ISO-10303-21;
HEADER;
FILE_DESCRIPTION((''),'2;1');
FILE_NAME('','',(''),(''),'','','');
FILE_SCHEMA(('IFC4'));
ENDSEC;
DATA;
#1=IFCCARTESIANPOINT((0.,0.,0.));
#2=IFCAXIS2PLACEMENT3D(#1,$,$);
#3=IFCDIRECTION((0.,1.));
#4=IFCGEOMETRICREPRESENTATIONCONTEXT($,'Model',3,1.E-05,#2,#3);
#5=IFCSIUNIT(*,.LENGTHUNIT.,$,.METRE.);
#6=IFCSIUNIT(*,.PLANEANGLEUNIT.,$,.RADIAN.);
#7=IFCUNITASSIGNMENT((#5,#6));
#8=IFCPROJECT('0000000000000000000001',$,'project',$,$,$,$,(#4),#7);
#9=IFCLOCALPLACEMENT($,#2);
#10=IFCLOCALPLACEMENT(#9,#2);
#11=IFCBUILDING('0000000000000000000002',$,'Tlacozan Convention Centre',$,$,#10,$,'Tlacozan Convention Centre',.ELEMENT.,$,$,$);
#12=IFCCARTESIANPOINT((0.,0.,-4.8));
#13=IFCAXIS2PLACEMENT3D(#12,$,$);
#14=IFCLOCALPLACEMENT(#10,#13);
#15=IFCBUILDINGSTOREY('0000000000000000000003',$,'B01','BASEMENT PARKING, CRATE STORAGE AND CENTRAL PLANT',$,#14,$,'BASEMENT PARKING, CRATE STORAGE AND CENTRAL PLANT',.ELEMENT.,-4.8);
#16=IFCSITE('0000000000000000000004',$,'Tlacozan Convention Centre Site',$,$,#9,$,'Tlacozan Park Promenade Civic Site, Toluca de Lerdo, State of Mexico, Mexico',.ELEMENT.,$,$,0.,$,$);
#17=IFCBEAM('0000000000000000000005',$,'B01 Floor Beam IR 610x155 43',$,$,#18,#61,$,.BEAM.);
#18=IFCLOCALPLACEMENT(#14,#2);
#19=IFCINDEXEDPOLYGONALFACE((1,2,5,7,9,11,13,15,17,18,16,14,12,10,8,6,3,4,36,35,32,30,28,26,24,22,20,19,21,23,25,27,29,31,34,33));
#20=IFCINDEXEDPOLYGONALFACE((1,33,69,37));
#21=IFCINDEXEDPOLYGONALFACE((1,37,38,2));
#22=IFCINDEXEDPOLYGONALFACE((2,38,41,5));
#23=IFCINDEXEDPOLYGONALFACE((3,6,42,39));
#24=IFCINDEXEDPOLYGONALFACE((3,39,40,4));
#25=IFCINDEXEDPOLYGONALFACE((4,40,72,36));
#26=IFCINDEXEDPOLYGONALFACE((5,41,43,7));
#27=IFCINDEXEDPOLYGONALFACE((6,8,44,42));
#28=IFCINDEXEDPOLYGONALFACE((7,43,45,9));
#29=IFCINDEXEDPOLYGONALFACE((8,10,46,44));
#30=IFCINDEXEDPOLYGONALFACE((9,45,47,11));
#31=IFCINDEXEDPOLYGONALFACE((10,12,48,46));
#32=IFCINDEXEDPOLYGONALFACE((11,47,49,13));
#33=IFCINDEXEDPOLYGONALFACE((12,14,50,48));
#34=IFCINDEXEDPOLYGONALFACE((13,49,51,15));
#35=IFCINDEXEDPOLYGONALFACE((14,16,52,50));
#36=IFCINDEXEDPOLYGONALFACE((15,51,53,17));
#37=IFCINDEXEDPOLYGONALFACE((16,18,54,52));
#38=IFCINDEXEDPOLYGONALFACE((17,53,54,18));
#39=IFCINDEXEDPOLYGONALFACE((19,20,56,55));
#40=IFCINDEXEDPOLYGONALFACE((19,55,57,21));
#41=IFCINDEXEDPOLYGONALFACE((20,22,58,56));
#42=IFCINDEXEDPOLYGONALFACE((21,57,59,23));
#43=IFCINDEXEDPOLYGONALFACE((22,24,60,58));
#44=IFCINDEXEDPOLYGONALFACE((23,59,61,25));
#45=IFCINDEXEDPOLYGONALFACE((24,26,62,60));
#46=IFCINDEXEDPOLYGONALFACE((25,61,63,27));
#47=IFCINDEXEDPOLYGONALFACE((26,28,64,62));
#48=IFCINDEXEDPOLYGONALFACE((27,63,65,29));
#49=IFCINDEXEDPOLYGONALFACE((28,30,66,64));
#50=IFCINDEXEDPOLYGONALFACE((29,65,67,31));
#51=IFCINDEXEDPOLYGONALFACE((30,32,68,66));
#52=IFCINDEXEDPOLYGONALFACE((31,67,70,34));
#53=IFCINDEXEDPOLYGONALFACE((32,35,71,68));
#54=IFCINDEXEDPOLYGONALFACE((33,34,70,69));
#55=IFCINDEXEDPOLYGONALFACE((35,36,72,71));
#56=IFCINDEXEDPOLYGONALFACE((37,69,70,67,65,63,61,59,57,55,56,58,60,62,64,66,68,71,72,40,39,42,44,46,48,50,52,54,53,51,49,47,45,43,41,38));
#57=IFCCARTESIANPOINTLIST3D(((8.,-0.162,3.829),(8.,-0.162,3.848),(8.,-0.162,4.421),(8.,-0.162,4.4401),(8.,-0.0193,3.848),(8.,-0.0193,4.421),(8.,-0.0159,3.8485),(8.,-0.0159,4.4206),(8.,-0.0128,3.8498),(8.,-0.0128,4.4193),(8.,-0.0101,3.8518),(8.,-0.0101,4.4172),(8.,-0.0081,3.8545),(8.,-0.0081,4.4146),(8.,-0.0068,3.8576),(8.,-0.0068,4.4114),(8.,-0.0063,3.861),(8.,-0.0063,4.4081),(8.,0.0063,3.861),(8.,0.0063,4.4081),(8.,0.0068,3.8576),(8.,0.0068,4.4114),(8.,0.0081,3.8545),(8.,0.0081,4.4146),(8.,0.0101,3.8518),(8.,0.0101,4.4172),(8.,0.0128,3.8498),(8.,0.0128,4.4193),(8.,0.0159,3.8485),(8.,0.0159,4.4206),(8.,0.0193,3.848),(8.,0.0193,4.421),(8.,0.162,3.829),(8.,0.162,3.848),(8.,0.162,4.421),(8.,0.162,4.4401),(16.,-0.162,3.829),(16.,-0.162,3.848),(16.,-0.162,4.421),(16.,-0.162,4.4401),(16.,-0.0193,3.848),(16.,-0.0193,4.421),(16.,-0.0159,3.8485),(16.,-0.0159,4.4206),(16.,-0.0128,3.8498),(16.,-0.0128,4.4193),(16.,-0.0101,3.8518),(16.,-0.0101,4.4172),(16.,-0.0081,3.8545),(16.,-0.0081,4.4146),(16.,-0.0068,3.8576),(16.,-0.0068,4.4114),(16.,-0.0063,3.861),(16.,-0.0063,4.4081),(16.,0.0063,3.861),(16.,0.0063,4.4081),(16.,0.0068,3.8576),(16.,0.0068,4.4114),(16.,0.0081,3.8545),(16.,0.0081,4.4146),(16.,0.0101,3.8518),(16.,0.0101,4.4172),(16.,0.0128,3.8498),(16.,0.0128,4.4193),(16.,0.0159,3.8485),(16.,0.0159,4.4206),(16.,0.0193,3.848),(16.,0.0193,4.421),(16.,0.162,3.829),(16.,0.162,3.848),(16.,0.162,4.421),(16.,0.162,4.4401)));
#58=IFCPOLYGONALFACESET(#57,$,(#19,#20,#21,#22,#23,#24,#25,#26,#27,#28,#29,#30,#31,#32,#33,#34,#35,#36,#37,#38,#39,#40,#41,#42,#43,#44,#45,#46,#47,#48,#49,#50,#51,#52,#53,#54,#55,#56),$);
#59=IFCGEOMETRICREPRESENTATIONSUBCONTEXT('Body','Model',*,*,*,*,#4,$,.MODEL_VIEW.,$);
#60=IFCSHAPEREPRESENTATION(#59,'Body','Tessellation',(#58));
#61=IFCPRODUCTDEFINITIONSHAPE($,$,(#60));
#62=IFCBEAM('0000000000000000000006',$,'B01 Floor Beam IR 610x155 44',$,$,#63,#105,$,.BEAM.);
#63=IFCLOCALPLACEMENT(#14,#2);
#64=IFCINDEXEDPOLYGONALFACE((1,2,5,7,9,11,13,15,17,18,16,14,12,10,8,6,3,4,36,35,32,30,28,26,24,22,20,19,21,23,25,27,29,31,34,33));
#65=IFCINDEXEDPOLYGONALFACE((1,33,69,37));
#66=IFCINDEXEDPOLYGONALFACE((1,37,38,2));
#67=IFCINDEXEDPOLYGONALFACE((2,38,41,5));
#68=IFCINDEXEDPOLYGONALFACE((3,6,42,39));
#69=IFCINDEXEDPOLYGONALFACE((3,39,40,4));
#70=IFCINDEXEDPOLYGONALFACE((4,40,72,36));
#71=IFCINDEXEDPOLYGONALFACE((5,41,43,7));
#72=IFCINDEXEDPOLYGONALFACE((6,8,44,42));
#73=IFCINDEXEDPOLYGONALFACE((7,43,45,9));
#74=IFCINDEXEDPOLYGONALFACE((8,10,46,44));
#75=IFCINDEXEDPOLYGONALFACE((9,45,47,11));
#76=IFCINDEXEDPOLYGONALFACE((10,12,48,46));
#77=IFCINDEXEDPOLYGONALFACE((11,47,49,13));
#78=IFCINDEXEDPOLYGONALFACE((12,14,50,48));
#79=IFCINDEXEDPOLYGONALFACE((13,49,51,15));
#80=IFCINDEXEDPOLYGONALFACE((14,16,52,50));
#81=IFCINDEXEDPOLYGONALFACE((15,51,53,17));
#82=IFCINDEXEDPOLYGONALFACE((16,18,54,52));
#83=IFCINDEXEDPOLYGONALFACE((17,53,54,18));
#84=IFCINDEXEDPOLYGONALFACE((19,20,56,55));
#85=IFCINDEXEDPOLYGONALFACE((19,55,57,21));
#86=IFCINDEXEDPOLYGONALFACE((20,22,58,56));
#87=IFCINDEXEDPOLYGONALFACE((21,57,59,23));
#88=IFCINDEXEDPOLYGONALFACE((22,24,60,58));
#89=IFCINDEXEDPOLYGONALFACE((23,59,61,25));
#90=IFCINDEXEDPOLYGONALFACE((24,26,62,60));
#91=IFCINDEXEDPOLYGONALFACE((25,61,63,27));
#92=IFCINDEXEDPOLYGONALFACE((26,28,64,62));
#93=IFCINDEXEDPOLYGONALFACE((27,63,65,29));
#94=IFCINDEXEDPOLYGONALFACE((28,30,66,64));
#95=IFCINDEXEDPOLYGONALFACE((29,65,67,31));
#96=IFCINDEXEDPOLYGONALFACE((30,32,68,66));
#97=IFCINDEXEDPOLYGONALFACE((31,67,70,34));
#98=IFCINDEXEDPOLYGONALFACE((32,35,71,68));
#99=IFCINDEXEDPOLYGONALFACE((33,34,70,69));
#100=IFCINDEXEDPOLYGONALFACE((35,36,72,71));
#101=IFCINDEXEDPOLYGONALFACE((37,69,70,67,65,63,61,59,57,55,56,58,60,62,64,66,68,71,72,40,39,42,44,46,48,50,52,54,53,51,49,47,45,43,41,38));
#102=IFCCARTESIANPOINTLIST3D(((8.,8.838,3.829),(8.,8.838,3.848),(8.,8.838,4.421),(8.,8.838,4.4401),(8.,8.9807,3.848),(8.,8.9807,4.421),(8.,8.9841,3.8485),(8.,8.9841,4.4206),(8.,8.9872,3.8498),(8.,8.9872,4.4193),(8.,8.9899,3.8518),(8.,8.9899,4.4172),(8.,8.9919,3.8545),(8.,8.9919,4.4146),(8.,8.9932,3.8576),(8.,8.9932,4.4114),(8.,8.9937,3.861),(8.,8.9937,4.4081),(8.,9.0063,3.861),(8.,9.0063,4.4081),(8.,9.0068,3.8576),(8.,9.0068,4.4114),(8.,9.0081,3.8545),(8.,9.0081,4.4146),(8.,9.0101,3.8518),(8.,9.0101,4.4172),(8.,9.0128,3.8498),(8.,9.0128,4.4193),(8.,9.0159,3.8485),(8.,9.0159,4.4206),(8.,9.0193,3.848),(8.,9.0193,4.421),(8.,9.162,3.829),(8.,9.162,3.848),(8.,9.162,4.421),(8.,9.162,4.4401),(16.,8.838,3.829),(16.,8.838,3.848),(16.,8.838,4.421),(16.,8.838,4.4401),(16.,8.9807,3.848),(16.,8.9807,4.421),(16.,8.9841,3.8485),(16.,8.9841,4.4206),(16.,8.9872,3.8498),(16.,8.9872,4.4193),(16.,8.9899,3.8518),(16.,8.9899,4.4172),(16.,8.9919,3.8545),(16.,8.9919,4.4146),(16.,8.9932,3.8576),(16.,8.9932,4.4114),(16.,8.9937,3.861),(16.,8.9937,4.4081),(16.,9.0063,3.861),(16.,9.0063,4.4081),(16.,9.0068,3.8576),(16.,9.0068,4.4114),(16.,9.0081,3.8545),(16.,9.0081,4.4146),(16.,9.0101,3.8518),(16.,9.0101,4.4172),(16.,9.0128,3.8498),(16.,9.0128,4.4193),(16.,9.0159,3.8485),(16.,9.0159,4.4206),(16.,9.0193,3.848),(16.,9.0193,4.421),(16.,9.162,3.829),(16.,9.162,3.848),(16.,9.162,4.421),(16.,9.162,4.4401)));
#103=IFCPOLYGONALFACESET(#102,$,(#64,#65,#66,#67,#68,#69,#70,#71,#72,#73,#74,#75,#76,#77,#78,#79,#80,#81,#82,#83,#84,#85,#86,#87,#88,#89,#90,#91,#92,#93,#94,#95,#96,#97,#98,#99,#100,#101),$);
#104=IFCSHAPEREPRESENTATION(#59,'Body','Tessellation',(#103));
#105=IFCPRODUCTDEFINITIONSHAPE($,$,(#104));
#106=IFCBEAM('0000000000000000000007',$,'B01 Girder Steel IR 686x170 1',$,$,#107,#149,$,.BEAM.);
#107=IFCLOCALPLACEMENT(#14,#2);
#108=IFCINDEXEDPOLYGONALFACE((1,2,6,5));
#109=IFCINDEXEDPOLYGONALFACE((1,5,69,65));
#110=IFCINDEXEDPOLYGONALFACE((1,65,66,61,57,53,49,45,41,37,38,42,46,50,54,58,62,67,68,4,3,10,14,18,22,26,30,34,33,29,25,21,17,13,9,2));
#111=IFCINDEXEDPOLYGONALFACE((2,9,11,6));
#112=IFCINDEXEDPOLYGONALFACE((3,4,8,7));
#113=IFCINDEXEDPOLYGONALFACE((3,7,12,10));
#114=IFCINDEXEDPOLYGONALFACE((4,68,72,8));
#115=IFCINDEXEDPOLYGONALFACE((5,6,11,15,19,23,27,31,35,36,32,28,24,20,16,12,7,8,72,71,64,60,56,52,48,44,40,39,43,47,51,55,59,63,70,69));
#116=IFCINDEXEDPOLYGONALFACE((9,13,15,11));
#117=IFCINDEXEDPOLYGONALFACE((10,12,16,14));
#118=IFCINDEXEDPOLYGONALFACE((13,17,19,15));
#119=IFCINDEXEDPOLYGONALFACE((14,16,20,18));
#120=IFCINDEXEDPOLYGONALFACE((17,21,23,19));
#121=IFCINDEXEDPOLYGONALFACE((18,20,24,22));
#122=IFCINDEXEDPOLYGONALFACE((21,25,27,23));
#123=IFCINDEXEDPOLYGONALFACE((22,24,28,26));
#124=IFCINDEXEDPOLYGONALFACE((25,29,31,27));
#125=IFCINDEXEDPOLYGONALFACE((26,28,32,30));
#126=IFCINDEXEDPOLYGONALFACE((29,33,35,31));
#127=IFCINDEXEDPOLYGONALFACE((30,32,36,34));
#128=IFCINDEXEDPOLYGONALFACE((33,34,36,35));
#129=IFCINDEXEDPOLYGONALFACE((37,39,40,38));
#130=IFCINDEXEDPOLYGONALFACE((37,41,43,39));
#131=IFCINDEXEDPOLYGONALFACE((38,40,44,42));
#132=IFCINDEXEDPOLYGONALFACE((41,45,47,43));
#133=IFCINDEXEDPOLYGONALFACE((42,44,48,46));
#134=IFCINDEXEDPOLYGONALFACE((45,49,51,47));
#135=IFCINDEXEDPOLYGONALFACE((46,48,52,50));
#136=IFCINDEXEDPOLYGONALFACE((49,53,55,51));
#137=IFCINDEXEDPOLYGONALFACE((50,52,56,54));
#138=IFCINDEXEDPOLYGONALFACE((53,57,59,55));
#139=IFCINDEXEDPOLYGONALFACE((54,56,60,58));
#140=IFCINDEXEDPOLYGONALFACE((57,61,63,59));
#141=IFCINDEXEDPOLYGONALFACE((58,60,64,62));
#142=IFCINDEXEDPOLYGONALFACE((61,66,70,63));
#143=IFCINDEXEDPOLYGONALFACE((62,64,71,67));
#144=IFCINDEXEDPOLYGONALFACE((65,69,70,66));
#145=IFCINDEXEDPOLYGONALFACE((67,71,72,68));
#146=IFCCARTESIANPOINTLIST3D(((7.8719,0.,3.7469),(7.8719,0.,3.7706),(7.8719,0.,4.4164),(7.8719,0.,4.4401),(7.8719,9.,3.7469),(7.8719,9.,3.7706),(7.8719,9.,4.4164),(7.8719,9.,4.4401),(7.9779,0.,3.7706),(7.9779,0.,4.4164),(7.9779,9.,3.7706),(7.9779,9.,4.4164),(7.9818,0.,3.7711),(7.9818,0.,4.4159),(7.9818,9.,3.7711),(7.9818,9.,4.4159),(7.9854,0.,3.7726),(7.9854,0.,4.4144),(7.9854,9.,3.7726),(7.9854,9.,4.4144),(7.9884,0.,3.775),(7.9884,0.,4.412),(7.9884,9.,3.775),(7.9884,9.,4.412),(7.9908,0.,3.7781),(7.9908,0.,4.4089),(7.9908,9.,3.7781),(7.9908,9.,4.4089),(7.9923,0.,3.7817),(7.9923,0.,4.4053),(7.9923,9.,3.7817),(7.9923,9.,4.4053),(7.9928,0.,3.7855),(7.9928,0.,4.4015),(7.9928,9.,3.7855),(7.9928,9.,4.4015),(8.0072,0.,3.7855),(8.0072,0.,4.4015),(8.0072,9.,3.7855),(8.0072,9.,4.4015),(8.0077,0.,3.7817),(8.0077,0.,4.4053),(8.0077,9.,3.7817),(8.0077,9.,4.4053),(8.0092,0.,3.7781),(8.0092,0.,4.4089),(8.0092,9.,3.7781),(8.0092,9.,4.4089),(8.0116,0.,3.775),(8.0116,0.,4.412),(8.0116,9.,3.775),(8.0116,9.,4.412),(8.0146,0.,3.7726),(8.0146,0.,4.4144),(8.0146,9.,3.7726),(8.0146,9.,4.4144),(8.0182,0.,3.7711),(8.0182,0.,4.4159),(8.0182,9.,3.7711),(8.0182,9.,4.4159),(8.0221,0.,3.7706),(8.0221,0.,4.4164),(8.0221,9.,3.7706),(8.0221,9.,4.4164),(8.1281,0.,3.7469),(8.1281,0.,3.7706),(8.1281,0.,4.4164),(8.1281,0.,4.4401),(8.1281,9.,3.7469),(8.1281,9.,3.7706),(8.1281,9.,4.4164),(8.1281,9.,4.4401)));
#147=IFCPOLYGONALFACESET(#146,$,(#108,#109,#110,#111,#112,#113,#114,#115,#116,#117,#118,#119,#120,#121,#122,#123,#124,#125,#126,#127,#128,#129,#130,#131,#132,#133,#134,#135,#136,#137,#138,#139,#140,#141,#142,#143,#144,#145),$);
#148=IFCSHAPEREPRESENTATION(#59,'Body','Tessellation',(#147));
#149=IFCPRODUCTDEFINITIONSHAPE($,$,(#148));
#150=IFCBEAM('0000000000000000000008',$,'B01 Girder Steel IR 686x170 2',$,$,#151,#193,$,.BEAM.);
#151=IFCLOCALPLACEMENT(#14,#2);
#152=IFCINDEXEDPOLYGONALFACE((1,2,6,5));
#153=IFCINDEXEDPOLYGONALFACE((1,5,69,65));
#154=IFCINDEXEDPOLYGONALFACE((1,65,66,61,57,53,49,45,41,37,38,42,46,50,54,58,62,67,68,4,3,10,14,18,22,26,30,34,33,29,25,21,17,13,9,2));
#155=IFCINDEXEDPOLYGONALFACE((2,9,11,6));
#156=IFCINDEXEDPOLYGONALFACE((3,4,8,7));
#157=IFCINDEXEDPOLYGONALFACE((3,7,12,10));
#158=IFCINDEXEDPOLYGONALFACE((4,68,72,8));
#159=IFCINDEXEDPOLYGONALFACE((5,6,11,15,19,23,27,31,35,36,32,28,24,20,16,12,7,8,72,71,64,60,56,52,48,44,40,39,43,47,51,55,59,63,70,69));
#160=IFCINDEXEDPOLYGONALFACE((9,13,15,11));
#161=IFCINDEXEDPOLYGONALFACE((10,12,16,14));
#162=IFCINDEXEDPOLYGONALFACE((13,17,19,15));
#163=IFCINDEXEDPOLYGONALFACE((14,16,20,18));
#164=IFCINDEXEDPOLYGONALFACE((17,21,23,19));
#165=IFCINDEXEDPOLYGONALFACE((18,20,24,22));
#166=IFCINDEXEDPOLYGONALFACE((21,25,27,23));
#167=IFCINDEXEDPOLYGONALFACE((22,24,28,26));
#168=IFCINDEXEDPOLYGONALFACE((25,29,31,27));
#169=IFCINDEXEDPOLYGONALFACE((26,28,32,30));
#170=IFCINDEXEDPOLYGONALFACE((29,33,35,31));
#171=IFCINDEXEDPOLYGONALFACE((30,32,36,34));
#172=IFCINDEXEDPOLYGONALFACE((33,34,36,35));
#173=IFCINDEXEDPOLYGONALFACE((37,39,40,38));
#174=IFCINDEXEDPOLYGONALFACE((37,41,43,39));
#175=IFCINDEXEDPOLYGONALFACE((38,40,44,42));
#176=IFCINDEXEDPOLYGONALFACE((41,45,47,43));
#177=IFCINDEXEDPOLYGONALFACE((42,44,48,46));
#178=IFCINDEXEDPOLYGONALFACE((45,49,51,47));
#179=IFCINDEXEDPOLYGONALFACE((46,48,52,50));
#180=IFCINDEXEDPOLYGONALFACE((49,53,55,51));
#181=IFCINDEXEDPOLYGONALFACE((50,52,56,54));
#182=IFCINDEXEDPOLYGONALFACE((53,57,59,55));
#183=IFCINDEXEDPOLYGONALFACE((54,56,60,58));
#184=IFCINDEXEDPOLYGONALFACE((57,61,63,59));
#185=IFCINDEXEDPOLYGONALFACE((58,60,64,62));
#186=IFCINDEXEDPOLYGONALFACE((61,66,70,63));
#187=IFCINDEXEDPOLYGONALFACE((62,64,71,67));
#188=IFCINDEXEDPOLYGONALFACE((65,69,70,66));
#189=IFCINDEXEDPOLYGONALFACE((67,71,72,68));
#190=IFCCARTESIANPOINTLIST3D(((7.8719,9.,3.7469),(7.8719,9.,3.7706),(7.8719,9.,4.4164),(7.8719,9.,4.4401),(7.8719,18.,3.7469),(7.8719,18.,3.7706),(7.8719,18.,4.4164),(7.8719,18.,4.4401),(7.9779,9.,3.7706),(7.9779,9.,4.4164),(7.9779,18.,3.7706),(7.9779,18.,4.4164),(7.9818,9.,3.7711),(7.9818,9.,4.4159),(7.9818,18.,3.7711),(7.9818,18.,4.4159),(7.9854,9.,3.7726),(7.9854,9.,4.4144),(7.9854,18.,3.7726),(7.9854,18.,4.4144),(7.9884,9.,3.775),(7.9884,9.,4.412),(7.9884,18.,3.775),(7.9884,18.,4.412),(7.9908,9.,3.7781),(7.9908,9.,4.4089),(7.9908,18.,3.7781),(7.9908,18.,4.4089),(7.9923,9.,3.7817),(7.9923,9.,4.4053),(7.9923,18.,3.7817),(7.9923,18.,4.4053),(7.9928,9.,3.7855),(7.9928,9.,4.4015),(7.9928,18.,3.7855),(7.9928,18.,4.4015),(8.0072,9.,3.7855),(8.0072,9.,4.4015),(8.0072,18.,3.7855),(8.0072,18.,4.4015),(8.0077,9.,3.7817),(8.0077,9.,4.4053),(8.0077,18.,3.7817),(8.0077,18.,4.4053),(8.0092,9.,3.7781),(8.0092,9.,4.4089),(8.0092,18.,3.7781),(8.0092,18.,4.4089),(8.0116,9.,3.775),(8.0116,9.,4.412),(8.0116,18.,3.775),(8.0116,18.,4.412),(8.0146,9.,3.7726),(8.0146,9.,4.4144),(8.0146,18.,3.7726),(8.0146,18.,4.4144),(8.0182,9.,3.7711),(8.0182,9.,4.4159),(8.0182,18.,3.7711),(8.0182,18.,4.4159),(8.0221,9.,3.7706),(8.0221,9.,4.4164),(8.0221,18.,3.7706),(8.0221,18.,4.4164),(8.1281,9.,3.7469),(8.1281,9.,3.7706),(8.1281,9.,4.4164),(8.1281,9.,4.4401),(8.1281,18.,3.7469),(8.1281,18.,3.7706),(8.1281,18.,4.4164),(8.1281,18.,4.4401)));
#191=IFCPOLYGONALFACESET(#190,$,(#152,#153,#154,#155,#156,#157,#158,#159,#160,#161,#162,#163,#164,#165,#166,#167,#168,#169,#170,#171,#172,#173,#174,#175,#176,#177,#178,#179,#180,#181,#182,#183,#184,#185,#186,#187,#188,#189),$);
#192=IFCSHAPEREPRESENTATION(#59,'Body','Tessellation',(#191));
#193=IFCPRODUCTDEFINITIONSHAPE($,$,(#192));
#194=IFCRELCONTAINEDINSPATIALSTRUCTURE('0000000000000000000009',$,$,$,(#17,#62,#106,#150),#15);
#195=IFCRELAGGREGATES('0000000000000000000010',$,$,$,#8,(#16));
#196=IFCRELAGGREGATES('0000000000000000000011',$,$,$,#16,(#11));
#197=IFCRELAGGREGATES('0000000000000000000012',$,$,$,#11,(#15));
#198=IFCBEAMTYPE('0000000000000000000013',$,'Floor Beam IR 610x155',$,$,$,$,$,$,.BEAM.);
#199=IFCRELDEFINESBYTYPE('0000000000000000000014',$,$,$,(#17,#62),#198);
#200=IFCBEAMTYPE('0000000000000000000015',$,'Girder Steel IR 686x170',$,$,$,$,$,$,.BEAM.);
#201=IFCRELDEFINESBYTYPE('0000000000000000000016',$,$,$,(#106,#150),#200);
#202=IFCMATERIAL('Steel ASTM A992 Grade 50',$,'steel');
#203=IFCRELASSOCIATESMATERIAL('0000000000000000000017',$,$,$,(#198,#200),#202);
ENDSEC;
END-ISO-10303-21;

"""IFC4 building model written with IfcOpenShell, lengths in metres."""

from ifc_helpers import new_model, si_unit, direction, frame, origin, origin_2d, place, context, subcontext, project, spatial, i_section, extrude, material, material_profile, profile_set, type_object, element, save


model = new_model("IFC4")

# Units and contexts
model_context = context("Model", 3, precision=1e-05, world=origin(), true_north=direction((0.0, 1.0)))
body_context = subcontext(model_context, "Body", "Model", "MODEL_VIEW")
ifc_project = project(units=[si_unit("LENGTHUNIT", "METRE"), si_unit("PLANEANGLEUNIT", "RADIAN")], contexts=[model_context])

# Site, building, storey
site_placement = place(None, origin())
site = spatial("IfcSite", under=ifc_project, at=site_placement, Name="Tlacozan Convention Centre Site", LongName="Tlacozan Park Promenade Civic Site, Toluca de Lerdo, State of Mexico, Mexico", CompositionType="ELEMENT", RefElevation=0.0)
building_placement = place(site_placement, origin())
building = spatial("IfcBuilding", under=site, at=building_placement, Name="Tlacozan Convention Centre", LongName="Tlacozan Convention Centre", CompositionType="ELEMENT")
storey_placement = place(building_placement, frame((0.0, 0.0, -4.8)))
storey = spatial("IfcBuildingStorey", under=building, at=storey_placement, Name="B01", Description="BASEMENT PARKING, CRATE STORAGE AND CENTRAL PLANT", LongName="BASEMENT PARKING, CRATE STORAGE AND CENTRAL PLANT", CompositionType="ELEMENT", Elevation=-4.8)

# Beams
ifc_material_1 = material(Name="Steel ASTM A992 Grade 50", Category="steel")
ifc_material_profile_1 = material_profile(ifc_material_1, i_section(OverallWidth=0.324, OverallDepth=0.6111, WebThickness=0.0127, FlangeThickness=0.019, FilletRadius=0.0129, at=origin_2d()), Name="IR 610x155.0")
ifc_profile_set_1 = profile_set([ifc_material_profile_1], Name="Steel ASTM A992 Grade 50")
beam_type_1 = type_object("IfcBeamType", Name="Floor Beam IR 610x155", PredefinedType="BEAM", material=ifc_profile_set_1)
for number, where, z_axis, x_axis, name in (
    (1, (8.0, 0.0, 4.1345), (1.0, 0.0, 0.0), (0.0, 1.0, 0.0), "B01 Floor Beam IR 610x155 43"),
    (2, (8.0, 9.0, 4.1345), (1.0, 0.0, 0.0), (0.0, 1.0, 0.0), "B01 Floor Beam IR 610x155 44"),
):
    element("IfcBeam", number, at=place(storey_placement, frame(where, z_axis=z_axis, x_axis=x_axis)), inside=storey, type_object=beam_type_1, Name=name, PredefinedType="BEAM", context=body_context, shape_type="SweptSolid", body=[
        extrude(i_section(OverallWidth=0.324, OverallDepth=0.6111, WebThickness=0.0127, FlangeThickness=0.019, FilletRadius=0.0129, at=origin_2d()), origin(), (0.0, 0.0, 1.0), 8.0),
    ])
ifc_material_profile_2 = material_profile(ifc_material_1, i_section(OverallWidth=0.2561, OverallDepth=0.6931, WebThickness=0.0144, FlangeThickness=0.0237, FilletRadius=0.0149, at=origin_2d()), Name="IR 686x170.0")
ifc_profile_set_2 = profile_set([ifc_material_profile_2], Name="Steel ASTM A992 Grade 50")
beam_type_2 = type_object("IfcBeamType", Name="Girder Steel IR 686x170", PredefinedType="BEAM", material=ifc_profile_set_2)
for number, where, z_axis, x_axis, name in (
    (3, (8.0, 0.0, 4.0935), (0.0, 1.0, 0.0), (-1.0, 0.0, 0.0), "B01 Girder Steel IR 686x170 1"),
    (4, (8.0, 9.0, 4.0935), (0.0, 1.0, 0.0), (-1.0, 0.0, 0.0), "B01 Girder Steel IR 686x170 2"),
):
    element("IfcBeam", number, at=place(storey_placement, frame(where, z_axis=z_axis, x_axis=x_axis)), inside=storey, type_object=beam_type_2, Name=name, PredefinedType="BEAM", context=body_context, shape_type="SweptSolid", body=[
        extrude(i_section(OverallWidth=0.2561, OverallDepth=0.6931, WebThickness=0.0144, FlangeThickness=0.0237, FilletRadius=0.0149, at=origin_2d()), origin(), (0.0, 0.0, 1.0), 9.0),
    ])

save(model, "model.ifc")
